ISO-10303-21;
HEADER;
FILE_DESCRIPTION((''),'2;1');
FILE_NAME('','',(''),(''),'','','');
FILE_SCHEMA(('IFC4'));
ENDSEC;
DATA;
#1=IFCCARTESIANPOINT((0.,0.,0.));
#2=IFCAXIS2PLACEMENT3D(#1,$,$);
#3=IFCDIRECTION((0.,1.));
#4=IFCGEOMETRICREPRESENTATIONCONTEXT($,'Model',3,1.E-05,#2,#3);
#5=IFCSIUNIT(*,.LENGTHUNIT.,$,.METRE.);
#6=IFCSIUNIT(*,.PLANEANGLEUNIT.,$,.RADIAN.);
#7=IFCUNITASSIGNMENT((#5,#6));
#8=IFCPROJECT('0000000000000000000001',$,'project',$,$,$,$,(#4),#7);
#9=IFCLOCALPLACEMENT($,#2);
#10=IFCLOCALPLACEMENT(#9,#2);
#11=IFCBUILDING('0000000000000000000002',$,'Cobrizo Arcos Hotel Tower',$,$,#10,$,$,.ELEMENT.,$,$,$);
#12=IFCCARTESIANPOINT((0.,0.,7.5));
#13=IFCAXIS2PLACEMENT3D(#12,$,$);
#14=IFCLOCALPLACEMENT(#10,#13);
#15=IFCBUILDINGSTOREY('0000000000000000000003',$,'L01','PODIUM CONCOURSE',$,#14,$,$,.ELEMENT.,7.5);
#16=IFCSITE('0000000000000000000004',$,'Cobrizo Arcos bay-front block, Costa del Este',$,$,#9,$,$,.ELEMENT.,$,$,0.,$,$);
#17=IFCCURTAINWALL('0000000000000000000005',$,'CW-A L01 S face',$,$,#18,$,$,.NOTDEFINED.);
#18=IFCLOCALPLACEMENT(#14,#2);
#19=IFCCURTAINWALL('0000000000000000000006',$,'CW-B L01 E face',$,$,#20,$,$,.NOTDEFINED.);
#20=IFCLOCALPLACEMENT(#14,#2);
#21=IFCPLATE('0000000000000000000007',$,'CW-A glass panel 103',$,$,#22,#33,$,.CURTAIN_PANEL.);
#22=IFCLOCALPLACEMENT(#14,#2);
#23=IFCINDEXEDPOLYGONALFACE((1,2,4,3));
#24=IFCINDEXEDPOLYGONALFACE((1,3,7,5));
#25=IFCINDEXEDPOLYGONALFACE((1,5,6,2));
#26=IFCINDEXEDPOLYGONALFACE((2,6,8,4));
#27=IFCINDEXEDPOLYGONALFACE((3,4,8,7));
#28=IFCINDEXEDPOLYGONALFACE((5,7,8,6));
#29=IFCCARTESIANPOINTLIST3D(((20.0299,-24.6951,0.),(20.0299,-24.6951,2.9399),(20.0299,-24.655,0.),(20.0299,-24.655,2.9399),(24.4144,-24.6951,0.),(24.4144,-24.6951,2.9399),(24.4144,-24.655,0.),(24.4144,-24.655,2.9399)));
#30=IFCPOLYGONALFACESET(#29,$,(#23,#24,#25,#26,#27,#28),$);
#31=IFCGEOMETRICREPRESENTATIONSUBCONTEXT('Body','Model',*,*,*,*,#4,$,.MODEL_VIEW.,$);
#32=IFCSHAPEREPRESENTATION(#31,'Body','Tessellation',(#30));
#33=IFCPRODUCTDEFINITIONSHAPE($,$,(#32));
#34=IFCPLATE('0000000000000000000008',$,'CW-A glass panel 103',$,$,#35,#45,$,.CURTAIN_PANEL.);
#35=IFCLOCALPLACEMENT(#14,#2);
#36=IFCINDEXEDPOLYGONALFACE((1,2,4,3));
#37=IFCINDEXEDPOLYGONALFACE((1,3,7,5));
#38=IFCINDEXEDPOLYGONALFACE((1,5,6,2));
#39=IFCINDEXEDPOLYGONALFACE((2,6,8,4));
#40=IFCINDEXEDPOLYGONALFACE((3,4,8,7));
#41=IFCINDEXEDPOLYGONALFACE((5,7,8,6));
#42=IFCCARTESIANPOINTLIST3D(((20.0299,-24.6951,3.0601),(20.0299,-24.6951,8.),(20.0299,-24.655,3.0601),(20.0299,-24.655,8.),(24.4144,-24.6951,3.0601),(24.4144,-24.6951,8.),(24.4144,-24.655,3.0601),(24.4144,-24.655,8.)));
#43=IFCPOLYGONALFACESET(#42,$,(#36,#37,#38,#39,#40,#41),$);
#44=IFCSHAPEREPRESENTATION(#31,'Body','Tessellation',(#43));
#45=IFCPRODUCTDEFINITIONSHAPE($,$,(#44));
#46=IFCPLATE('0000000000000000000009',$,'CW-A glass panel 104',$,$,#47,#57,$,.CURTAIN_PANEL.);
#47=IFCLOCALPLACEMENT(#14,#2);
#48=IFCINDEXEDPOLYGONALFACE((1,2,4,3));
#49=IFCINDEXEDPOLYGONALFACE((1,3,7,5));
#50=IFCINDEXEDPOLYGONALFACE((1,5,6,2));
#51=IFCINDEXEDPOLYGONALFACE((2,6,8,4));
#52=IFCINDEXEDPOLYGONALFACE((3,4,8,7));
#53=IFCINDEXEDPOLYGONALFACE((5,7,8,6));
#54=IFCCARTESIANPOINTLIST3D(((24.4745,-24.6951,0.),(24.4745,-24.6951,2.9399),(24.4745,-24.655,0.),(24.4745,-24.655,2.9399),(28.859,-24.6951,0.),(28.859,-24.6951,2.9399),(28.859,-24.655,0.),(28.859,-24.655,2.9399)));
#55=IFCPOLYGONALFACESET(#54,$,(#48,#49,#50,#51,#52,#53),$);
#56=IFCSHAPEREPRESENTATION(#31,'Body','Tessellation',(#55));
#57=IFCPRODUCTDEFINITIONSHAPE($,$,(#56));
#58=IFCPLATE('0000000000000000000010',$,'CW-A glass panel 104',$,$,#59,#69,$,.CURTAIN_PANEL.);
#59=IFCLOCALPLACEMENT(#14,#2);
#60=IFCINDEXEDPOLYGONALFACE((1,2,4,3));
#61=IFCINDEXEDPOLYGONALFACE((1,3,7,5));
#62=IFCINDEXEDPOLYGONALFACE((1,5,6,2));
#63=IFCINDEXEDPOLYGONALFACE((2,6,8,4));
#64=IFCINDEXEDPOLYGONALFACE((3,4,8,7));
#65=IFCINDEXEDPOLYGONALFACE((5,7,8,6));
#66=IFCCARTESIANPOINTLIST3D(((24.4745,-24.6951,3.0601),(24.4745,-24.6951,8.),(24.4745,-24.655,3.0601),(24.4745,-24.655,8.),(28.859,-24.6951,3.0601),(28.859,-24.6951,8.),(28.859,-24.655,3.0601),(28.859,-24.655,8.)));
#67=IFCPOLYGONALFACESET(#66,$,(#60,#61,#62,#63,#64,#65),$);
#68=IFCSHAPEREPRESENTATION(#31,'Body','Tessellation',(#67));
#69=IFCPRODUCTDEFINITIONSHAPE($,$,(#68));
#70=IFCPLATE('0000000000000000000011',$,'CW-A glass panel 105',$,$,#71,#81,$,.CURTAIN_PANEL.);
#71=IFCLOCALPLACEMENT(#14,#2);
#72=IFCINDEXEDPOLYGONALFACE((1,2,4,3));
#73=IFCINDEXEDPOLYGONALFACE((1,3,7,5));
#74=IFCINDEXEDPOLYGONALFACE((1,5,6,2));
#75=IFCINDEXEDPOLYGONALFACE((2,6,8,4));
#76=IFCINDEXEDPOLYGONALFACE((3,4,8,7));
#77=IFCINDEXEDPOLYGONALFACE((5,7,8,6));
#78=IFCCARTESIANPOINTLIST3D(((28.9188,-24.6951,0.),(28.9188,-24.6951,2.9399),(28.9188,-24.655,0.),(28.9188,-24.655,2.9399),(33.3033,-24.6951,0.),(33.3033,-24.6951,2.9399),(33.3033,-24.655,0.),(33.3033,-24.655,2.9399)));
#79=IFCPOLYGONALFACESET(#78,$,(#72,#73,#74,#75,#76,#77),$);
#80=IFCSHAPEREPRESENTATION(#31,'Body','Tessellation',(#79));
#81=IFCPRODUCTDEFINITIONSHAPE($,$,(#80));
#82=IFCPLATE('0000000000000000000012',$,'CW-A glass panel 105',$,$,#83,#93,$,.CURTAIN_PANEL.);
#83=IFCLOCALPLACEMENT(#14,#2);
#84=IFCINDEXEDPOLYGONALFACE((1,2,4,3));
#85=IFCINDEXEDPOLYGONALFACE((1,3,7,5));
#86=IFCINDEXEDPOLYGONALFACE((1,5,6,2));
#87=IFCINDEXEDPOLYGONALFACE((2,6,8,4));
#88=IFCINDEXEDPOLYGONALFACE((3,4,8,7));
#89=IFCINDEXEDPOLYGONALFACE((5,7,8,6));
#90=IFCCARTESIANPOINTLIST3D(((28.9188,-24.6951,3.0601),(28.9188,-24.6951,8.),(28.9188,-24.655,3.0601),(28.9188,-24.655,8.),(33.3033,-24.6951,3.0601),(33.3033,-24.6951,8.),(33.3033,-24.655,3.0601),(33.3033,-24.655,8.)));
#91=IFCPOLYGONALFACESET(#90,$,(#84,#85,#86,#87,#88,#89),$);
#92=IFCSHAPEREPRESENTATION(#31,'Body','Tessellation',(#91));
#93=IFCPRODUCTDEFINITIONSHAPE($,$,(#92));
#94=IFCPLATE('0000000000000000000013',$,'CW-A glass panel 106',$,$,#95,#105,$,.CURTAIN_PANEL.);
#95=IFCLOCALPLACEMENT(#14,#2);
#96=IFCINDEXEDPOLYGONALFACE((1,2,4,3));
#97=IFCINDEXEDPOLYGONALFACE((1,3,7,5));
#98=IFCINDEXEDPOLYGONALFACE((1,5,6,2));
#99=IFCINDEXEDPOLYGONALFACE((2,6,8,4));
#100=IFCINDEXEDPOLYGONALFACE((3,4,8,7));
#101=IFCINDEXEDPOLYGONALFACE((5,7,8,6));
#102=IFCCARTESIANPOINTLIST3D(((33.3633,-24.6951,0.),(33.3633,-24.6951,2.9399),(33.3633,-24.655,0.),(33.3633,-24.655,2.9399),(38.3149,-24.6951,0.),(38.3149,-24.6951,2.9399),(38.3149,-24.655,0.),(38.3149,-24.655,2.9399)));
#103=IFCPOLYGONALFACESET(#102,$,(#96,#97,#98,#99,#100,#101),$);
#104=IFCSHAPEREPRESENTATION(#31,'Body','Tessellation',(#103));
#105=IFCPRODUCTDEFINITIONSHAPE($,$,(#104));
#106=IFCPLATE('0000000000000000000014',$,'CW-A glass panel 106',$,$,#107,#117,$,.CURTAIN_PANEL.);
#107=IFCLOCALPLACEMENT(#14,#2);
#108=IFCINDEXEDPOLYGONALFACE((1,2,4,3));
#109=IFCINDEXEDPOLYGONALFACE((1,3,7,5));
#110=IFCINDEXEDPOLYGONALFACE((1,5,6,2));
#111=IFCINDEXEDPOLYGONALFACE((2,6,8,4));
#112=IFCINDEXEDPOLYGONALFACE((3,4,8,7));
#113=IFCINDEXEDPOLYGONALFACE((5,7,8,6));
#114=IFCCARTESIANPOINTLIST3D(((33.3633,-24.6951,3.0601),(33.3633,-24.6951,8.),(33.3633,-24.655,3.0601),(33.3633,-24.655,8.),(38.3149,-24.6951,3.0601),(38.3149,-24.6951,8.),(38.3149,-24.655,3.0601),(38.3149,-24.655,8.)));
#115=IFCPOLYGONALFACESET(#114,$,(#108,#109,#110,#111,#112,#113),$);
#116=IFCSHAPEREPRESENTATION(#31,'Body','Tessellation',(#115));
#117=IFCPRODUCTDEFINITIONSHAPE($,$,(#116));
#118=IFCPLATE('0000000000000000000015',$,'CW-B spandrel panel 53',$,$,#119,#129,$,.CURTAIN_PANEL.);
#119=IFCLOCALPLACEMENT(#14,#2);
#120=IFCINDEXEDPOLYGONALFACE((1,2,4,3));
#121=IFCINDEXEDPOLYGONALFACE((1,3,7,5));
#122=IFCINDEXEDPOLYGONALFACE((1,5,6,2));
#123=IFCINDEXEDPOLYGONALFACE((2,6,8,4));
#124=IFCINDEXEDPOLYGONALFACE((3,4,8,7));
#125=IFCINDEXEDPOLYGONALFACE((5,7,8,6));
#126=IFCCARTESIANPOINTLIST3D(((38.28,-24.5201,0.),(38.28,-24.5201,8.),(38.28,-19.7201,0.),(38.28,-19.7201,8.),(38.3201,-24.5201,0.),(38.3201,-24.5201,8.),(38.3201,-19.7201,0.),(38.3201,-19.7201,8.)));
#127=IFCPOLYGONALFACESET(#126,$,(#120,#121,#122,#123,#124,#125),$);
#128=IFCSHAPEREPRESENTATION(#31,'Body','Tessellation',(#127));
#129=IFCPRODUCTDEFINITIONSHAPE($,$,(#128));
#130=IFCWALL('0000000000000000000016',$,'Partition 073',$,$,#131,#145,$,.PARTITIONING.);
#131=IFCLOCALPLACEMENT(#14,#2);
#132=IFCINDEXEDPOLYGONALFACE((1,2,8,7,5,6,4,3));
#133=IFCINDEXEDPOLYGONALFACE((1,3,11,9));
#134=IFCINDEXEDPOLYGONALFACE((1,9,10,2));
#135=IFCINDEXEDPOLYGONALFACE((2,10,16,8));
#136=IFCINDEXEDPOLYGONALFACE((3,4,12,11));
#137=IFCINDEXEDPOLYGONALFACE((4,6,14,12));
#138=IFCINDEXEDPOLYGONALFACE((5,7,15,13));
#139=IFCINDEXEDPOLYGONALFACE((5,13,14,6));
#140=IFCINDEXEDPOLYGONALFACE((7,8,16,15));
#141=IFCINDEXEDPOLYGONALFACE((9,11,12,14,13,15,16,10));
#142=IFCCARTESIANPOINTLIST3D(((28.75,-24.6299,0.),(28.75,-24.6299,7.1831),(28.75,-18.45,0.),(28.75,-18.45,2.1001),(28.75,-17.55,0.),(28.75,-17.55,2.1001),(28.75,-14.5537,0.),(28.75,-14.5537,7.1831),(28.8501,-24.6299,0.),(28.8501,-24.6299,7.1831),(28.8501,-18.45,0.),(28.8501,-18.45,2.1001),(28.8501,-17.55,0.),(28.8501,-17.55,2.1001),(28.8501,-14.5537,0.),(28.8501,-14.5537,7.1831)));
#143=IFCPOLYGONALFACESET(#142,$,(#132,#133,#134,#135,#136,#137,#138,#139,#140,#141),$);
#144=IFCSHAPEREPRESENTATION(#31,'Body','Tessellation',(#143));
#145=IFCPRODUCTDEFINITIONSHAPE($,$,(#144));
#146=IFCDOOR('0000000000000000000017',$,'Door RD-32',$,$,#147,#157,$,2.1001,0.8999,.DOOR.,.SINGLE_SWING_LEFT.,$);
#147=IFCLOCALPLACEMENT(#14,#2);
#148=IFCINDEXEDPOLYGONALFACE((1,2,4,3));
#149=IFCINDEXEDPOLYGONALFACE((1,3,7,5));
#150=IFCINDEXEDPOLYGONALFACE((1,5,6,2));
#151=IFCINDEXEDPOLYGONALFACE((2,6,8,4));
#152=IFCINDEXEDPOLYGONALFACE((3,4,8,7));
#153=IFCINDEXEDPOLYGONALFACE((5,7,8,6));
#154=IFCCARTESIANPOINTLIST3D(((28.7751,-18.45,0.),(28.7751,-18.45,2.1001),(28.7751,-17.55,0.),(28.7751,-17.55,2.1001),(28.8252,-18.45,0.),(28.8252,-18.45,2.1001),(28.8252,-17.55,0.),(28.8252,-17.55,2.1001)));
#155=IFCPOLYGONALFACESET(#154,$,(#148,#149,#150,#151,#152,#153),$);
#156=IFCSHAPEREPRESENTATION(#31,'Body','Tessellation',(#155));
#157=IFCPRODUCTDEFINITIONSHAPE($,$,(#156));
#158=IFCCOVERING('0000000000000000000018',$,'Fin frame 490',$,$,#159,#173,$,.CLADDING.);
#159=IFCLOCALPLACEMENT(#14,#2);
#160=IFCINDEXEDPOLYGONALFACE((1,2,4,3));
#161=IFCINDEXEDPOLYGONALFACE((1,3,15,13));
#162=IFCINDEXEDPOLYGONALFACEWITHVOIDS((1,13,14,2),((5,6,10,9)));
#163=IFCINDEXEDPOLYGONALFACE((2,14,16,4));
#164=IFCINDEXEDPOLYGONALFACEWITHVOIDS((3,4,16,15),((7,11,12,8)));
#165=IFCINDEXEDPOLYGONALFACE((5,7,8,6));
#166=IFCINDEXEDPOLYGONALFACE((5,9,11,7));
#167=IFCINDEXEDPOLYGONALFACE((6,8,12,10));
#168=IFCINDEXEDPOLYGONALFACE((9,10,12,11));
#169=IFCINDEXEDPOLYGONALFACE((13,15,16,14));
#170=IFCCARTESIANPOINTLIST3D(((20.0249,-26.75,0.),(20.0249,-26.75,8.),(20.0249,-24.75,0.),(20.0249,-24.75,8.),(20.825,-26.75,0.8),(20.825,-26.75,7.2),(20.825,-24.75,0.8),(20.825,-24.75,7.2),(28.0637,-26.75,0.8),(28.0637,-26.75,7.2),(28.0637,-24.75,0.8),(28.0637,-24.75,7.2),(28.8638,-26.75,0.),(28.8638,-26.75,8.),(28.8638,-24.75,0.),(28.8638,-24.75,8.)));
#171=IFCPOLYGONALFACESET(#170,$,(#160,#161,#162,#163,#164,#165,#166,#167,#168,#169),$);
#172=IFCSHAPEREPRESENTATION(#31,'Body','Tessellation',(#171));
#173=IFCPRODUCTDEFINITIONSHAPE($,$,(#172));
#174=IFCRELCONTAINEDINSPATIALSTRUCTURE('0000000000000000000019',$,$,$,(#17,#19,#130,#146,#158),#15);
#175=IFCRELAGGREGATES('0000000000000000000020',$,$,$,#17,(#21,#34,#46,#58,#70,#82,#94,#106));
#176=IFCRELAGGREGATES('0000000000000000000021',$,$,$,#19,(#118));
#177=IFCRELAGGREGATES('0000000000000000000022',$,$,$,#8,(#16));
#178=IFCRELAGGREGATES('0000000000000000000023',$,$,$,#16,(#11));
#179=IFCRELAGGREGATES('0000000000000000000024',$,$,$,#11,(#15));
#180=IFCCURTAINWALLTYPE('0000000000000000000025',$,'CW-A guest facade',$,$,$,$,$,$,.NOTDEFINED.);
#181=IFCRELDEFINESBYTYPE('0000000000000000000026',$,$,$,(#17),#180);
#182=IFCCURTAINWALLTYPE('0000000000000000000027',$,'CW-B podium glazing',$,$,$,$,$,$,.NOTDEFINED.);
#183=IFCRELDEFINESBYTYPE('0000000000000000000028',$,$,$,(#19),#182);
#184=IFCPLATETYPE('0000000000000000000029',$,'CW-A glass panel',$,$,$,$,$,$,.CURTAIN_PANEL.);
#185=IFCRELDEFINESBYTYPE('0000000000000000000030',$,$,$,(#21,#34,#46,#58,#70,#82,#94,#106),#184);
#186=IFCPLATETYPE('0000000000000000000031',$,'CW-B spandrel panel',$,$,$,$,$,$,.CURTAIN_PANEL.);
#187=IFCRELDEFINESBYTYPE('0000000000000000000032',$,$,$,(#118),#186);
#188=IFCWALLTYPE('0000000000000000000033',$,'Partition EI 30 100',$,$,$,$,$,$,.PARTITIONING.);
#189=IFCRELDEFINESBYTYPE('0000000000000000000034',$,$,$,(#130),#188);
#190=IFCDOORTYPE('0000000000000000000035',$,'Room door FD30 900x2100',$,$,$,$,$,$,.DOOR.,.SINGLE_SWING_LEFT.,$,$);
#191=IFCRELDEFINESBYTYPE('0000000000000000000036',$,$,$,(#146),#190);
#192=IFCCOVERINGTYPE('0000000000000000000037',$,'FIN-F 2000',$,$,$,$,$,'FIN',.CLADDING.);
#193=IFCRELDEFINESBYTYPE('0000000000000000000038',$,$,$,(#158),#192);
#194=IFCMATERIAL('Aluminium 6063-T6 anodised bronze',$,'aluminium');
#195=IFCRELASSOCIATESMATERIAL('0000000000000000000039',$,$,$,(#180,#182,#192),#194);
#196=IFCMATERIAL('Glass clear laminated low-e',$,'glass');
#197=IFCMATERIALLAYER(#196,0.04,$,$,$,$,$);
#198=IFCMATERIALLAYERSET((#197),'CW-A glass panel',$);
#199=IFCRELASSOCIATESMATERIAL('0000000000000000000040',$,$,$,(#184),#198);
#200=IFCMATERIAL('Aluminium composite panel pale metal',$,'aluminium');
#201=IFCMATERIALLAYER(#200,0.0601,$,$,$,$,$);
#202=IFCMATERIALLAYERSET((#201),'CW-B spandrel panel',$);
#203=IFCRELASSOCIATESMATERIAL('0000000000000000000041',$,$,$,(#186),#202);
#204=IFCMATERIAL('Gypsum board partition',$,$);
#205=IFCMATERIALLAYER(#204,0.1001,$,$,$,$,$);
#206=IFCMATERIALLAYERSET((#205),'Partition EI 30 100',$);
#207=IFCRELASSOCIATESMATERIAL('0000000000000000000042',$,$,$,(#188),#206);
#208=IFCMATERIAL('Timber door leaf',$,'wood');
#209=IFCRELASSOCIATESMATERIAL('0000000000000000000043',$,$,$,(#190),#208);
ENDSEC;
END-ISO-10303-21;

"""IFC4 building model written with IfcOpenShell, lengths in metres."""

from ifc_helpers import new_model, si_unit, direction, frame, frame_2d, origin, origin_2d, place, context, subcontext, project, spatial, polyline, rectangle, outline, extrude, material, layer, layer_set, type_object, element, fill, aggregate, save


model = new_model("IFC4")

# Units and contexts
model_context = context("Model", 3, precision=1e-05, world=origin(), true_north=direction((0.0, 1.0)))
body_context = subcontext(model_context, "Body", "Model", "MODEL_VIEW")
ifc_project = project(units=[si_unit("LENGTHUNIT", "METRE"), si_unit("PLANEANGLEUNIT", "RADIAN")], contexts=[model_context])

# Site, building, storey
site_placement = place(None, origin())
site = spatial("IfcSite", under=ifc_project, at=site_placement, Name="Cobrizo Arcos bay-front block, Costa del Este", CompositionType="ELEMENT", RefElevation=0.0)
building_placement = place(site_placement, origin())
building = spatial("IfcBuilding", under=site, at=building_placement, Name="Cobrizo Arcos Hotel Tower", CompositionType="ELEMENT")
storey_placement = place(building_placement, frame((0.0, 0.0, 7.5)))
storey = spatial("IfcBuildingStorey", under=building, at=storey_placement, Name="L01", Description="PODIUM CONCOURSE", CompositionType="ELEMENT", Elevation=7.5)

# Curtain walls
ifc_material_1 = material(Name="Aluminium 6063-T6 anodised bronze", Category="aluminium")
curtain_wall_type_1 = type_object("IfcCurtainWallType", Name="CW-A guest facade", PredefinedType="NOTDEFINED", material=ifc_material_1)
curtain_wall_1_placement = place(storey_placement, origin())
curtain_wall_1 = element("IfcCurtainWall", 1, at=curtain_wall_1_placement, inside=storey, type_object=curtain_wall_type_1, Name="CW-A L01 S face", PredefinedType="NOTDEFINED")
curtain_wall_type_2 = type_object("IfcCurtainWallType", Name="CW-B podium glazing", PredefinedType="NOTDEFINED", material=ifc_material_1)
curtain_wall_2_placement = place(storey_placement, origin())
curtain_wall_2 = element("IfcCurtainWall", 2, at=curtain_wall_2_placement, inside=storey, type_object=curtain_wall_type_2, Name="CW-B L01 E face", PredefinedType="NOTDEFINED")

# Plates
ifc_material_2 = material(Name="Glass clear laminated low-e", Category="glass")
ifc_layer_1 = layer(ifc_material_2, 0.04)
ifc_layer_set_1 = layer_set([ifc_layer_1], Name="CW-A glass panel")
plate_type_1 = type_object("IfcPlateType", Name="CW-A glass panel", PredefinedType="CURTAIN_PANEL", material=ifc_layer_set_1)
plate_1_placement = place(storey_placement, frame((22.2222, -24.675, 0.0), z_axis=(0.0, 0.0, 1.0), x_axis=(1.0, 0.0, 0.0)))
plate_1 = element("IfcPlate", 3, at=plate_1_placement, type_object=plate_type_1, Name="CW-A glass panel 103", PredefinedType="CURTAIN_PANEL", context=body_context, shape_type="SweptSolid", body=[
    extrude(rectangle(XDim=4.3845, YDim=0.04, at=origin_2d()), origin(), (0.0, 0.0, 1.0), 2.9399),
])
plate_2_placement = place(storey_placement, frame((22.2222, -24.675, 3.0601), z_axis=(0.0, 0.0, 1.0), x_axis=(1.0, 0.0, 0.0)))
plate_2 = element("IfcPlate", 4, at=plate_2_placement, type_object=plate_type_1, Name="CW-A glass panel 103", PredefinedType="CURTAIN_PANEL", context=body_context, shape_type="SweptSolid", body=[
    extrude(rectangle(XDim=4.3845, YDim=0.04, at=origin_2d()), origin(), (0.0, 0.0, 1.0), 4.9399),
])
plate_3_placement = place(storey_placement, frame((26.6667, -24.675, 0.0), z_axis=(0.0, 0.0, 1.0), x_axis=(1.0, 0.0, 0.0)))
plate_3 = element("IfcPlate", 5, at=plate_3_placement, type_object=plate_type_1, Name="CW-A glass panel 104", PredefinedType="CURTAIN_PANEL", context=body_context, shape_type="SweptSolid", body=[
    extrude(rectangle(XDim=4.3845, YDim=0.04, at=origin_2d()), origin(), (0.0, 0.0, 1.0), 2.9399),
])
plate_4_placement = place(storey_placement, frame((26.6667, -24.675, 3.0601), z_axis=(0.0, 0.0, 1.0), x_axis=(1.0, 0.0, 0.0)))
plate_4 = element("IfcPlate", 6, at=plate_4_placement, type_object=plate_type_1, Name="CW-A glass panel 104", PredefinedType="CURTAIN_PANEL", context=body_context, shape_type="SweptSolid", body=[
    extrude(rectangle(XDim=4.3845, YDim=0.04, at=origin_2d()), origin(), (0.0, 0.0, 1.0), 4.9399),
])
plate_5_placement = place(storey_placement, frame((31.1111, -24.675, 0.0), z_axis=(0.0, 0.0, 1.0), x_axis=(1.0, 0.0, 0.0)))
plate_5 = element("IfcPlate", 7, at=plate_5_placement, type_object=plate_type_1, Name="CW-A glass panel 105", PredefinedType="CURTAIN_PANEL", context=body_context, shape_type="SweptSolid", body=[
    extrude(rectangle(XDim=4.3845, YDim=0.04, at=origin_2d()), origin(), (0.0, 0.0, 1.0), 2.9399),
])
plate_6_placement = place(storey_placement, frame((31.1111, -24.675, 3.0601), z_axis=(0.0, 0.0, 1.0), x_axis=(1.0, 0.0, 0.0)))
plate_6 = element("IfcPlate", 8, at=plate_6_placement, type_object=plate_type_1, Name="CW-A glass panel 105", PredefinedType="CURTAIN_PANEL", context=body_context, shape_type="SweptSolid", body=[
    extrude(rectangle(XDim=4.3845, YDim=0.04, at=origin_2d()), origin(), (0.0, 0.0, 1.0), 4.9399),
])
plate_7_placement = place(storey_placement, frame((35.8391, -24.675, 0.0), z_axis=(0.0, 0.0, 1.0), x_axis=(1.0, 0.0, 0.0)))
plate_7 = element("IfcPlate", 9, at=plate_7_placement, type_object=plate_type_1, Name="CW-A glass panel 106", PredefinedType="CURTAIN_PANEL", context=body_context, shape_type="SweptSolid", body=[
    extrude(rectangle(XDim=4.9517, YDim=0.04, at=origin_2d()), origin(), (0.0, 0.0, 1.0), 2.9399),
])
plate_8_placement = place(storey_placement, frame((35.8391, -24.675, 3.0601), z_axis=(0.0, 0.0, 1.0), x_axis=(1.0, 0.0, 0.0)))
plate_8 = element("IfcPlate", 10, at=plate_8_placement, type_object=plate_type_1, Name="CW-A glass panel 106", PredefinedType="CURTAIN_PANEL", context=body_context, shape_type="SweptSolid", body=[
    extrude(rectangle(XDim=4.9517, YDim=0.04, at=origin_2d()), origin(), (0.0, 0.0, 1.0), 4.9399),
])
aggregate(curtain_wall_1, [plate_1, plate_2, plate_3, plate_4, plate_5, plate_6, plate_7, plate_8])
ifc_material_3 = material(Name="Aluminium composite panel pale metal", Category="aluminium")
ifc_layer_2 = layer(ifc_material_3, 0.0601)
ifc_layer_set_2 = layer_set([ifc_layer_2], Name="CW-B spandrel panel")
plate_type_2 = type_object("IfcPlateType", Name="CW-B spandrel panel", PredefinedType="CURTAIN_PANEL", material=ifc_layer_set_2)
plate_9_placement = place(storey_placement, frame((38.3, -22.1201, 0.0), z_axis=(0.0, 0.0, 1.0), x_axis=(0.0, 1.0, 0.0)))
plate_9 = element("IfcPlate", 11, at=plate_9_placement, type_object=plate_type_2, Name="CW-B spandrel panel 53", PredefinedType="CURTAIN_PANEL", context=body_context, shape_type="SweptSolid", body=[
    extrude(rectangle(XDim=4.8, YDim=0.04, at=origin_2d()), origin(), (0.0, 0.0, 1.0), 8.0),
])
aggregate(curtain_wall_2, [plate_9])

# Wall, opening, door
ifc_material_4 = material(Name="Gypsum board partition")
ifc_layer_3 = layer(ifc_material_4, 0.1001)
ifc_layer_set_3 = layer_set([ifc_layer_3], Name="Partition EI 30 100")
wall_type = type_object("IfcWallType", Name="Partition EI 30 100", PredefinedType="PARTITIONING", material=ifc_layer_set_3)
wall_placement = place(storey_placement, frame((28.8, -24.6299, 0.0), z_axis=(0.0, 0.0, 1.0), x_axis=(0.0, 1.0, 0.0)))
wall = element("IfcWall", 12, at=wall_placement, inside=storey, type_object=wall_type, Name="Partition 073", PredefinedType="PARTITIONING", context=body_context, shape_type="SweptSolid", body=[
    extrude(rectangle(XDim=10.0762, YDim=0.1001, at=frame_2d((5.0381, 0.0))), origin(), (0.0, 0.0, 1.0), 7.1831),
])
opening_placement = place(wall_placement, frame((6.1799, 0.0, 0.0)))
opening = element("IfcOpeningElement", 13, at=opening_placement, cuts=wall, PredefinedType="OPENING", context=body_context, shape_type="SweptSolid", body=[
    extrude(rectangle(XDim=0.8999, YDim=2.1001, at=frame_2d((0.45, 1.05))), frame((0.0, 0.062, 0.0), z_axis=(0.0, -1.0, 0.0), x_axis=(1.0, 0.0, 0.0)), (0.0, 0.0, 1.0), 0.124),
])
ifc_material_5 = material(Name="Timber door leaf", Category="wood")
door_type = type_object("IfcDoorType", Name="Room door FD30 900x2100", OperationType="SINGLE_SWING_LEFT", PredefinedType="DOOR", material=ifc_material_5)
door_placement = place(opening_placement, origin())
door = element("IfcDoor", 14, at=door_placement, inside=storey, type_object=door_type, Name="Door RD-32", OperationType="SINGLE_SWING_LEFT", OverallHeight=2.1001, OverallWidth=0.8999, PredefinedType="DOOR", context=body_context, shape_type="SweptSolid", body=[
    extrude(rectangle(XDim=0.8999, YDim=2.1001, at=frame_2d((0.45, 1.05))), frame((0.0, 0.0249, 0.0), z_axis=(0.0, -1.0, 0.0), x_axis=(1.0, 0.0, 0.0)), (0.0, 0.0, 1.0), 0.05),
])
fill(opening, door)

# Covering
covering_type = type_object("IfcCoveringType", Name="FIN-F 2000", ElementType="FIN", PredefinedType="CLADDING", material=ifc_material_1)
covering_placement = place(storey_placement, frame((20.0249, -24.75, 0.0), z_axis=(0.0, -1.0, 0.0), x_axis=(1.0, 0.0, 0.0)))
element("IfcCovering", 15, at=covering_placement, inside=storey, type_object=covering_type, Name="Fin frame 490", PredefinedType="CLADDING", context=body_context, shape_type="SweptSolid", body=[
    extrude(outline(polyline([(0.0, 8.0), (0.0, 0.0), (8.8389, 0.0), (8.8389, 8.0), (0.0, 8.0)]), holes=[polyline([(8.0388, 0.8), (0.8, 0.8), (0.8, 7.2), (8.0388, 7.2), (8.0388, 0.8)])]), origin(), (0.0, 0.0, 1.0), 2.0),
])

save(model, "model.ifc")
